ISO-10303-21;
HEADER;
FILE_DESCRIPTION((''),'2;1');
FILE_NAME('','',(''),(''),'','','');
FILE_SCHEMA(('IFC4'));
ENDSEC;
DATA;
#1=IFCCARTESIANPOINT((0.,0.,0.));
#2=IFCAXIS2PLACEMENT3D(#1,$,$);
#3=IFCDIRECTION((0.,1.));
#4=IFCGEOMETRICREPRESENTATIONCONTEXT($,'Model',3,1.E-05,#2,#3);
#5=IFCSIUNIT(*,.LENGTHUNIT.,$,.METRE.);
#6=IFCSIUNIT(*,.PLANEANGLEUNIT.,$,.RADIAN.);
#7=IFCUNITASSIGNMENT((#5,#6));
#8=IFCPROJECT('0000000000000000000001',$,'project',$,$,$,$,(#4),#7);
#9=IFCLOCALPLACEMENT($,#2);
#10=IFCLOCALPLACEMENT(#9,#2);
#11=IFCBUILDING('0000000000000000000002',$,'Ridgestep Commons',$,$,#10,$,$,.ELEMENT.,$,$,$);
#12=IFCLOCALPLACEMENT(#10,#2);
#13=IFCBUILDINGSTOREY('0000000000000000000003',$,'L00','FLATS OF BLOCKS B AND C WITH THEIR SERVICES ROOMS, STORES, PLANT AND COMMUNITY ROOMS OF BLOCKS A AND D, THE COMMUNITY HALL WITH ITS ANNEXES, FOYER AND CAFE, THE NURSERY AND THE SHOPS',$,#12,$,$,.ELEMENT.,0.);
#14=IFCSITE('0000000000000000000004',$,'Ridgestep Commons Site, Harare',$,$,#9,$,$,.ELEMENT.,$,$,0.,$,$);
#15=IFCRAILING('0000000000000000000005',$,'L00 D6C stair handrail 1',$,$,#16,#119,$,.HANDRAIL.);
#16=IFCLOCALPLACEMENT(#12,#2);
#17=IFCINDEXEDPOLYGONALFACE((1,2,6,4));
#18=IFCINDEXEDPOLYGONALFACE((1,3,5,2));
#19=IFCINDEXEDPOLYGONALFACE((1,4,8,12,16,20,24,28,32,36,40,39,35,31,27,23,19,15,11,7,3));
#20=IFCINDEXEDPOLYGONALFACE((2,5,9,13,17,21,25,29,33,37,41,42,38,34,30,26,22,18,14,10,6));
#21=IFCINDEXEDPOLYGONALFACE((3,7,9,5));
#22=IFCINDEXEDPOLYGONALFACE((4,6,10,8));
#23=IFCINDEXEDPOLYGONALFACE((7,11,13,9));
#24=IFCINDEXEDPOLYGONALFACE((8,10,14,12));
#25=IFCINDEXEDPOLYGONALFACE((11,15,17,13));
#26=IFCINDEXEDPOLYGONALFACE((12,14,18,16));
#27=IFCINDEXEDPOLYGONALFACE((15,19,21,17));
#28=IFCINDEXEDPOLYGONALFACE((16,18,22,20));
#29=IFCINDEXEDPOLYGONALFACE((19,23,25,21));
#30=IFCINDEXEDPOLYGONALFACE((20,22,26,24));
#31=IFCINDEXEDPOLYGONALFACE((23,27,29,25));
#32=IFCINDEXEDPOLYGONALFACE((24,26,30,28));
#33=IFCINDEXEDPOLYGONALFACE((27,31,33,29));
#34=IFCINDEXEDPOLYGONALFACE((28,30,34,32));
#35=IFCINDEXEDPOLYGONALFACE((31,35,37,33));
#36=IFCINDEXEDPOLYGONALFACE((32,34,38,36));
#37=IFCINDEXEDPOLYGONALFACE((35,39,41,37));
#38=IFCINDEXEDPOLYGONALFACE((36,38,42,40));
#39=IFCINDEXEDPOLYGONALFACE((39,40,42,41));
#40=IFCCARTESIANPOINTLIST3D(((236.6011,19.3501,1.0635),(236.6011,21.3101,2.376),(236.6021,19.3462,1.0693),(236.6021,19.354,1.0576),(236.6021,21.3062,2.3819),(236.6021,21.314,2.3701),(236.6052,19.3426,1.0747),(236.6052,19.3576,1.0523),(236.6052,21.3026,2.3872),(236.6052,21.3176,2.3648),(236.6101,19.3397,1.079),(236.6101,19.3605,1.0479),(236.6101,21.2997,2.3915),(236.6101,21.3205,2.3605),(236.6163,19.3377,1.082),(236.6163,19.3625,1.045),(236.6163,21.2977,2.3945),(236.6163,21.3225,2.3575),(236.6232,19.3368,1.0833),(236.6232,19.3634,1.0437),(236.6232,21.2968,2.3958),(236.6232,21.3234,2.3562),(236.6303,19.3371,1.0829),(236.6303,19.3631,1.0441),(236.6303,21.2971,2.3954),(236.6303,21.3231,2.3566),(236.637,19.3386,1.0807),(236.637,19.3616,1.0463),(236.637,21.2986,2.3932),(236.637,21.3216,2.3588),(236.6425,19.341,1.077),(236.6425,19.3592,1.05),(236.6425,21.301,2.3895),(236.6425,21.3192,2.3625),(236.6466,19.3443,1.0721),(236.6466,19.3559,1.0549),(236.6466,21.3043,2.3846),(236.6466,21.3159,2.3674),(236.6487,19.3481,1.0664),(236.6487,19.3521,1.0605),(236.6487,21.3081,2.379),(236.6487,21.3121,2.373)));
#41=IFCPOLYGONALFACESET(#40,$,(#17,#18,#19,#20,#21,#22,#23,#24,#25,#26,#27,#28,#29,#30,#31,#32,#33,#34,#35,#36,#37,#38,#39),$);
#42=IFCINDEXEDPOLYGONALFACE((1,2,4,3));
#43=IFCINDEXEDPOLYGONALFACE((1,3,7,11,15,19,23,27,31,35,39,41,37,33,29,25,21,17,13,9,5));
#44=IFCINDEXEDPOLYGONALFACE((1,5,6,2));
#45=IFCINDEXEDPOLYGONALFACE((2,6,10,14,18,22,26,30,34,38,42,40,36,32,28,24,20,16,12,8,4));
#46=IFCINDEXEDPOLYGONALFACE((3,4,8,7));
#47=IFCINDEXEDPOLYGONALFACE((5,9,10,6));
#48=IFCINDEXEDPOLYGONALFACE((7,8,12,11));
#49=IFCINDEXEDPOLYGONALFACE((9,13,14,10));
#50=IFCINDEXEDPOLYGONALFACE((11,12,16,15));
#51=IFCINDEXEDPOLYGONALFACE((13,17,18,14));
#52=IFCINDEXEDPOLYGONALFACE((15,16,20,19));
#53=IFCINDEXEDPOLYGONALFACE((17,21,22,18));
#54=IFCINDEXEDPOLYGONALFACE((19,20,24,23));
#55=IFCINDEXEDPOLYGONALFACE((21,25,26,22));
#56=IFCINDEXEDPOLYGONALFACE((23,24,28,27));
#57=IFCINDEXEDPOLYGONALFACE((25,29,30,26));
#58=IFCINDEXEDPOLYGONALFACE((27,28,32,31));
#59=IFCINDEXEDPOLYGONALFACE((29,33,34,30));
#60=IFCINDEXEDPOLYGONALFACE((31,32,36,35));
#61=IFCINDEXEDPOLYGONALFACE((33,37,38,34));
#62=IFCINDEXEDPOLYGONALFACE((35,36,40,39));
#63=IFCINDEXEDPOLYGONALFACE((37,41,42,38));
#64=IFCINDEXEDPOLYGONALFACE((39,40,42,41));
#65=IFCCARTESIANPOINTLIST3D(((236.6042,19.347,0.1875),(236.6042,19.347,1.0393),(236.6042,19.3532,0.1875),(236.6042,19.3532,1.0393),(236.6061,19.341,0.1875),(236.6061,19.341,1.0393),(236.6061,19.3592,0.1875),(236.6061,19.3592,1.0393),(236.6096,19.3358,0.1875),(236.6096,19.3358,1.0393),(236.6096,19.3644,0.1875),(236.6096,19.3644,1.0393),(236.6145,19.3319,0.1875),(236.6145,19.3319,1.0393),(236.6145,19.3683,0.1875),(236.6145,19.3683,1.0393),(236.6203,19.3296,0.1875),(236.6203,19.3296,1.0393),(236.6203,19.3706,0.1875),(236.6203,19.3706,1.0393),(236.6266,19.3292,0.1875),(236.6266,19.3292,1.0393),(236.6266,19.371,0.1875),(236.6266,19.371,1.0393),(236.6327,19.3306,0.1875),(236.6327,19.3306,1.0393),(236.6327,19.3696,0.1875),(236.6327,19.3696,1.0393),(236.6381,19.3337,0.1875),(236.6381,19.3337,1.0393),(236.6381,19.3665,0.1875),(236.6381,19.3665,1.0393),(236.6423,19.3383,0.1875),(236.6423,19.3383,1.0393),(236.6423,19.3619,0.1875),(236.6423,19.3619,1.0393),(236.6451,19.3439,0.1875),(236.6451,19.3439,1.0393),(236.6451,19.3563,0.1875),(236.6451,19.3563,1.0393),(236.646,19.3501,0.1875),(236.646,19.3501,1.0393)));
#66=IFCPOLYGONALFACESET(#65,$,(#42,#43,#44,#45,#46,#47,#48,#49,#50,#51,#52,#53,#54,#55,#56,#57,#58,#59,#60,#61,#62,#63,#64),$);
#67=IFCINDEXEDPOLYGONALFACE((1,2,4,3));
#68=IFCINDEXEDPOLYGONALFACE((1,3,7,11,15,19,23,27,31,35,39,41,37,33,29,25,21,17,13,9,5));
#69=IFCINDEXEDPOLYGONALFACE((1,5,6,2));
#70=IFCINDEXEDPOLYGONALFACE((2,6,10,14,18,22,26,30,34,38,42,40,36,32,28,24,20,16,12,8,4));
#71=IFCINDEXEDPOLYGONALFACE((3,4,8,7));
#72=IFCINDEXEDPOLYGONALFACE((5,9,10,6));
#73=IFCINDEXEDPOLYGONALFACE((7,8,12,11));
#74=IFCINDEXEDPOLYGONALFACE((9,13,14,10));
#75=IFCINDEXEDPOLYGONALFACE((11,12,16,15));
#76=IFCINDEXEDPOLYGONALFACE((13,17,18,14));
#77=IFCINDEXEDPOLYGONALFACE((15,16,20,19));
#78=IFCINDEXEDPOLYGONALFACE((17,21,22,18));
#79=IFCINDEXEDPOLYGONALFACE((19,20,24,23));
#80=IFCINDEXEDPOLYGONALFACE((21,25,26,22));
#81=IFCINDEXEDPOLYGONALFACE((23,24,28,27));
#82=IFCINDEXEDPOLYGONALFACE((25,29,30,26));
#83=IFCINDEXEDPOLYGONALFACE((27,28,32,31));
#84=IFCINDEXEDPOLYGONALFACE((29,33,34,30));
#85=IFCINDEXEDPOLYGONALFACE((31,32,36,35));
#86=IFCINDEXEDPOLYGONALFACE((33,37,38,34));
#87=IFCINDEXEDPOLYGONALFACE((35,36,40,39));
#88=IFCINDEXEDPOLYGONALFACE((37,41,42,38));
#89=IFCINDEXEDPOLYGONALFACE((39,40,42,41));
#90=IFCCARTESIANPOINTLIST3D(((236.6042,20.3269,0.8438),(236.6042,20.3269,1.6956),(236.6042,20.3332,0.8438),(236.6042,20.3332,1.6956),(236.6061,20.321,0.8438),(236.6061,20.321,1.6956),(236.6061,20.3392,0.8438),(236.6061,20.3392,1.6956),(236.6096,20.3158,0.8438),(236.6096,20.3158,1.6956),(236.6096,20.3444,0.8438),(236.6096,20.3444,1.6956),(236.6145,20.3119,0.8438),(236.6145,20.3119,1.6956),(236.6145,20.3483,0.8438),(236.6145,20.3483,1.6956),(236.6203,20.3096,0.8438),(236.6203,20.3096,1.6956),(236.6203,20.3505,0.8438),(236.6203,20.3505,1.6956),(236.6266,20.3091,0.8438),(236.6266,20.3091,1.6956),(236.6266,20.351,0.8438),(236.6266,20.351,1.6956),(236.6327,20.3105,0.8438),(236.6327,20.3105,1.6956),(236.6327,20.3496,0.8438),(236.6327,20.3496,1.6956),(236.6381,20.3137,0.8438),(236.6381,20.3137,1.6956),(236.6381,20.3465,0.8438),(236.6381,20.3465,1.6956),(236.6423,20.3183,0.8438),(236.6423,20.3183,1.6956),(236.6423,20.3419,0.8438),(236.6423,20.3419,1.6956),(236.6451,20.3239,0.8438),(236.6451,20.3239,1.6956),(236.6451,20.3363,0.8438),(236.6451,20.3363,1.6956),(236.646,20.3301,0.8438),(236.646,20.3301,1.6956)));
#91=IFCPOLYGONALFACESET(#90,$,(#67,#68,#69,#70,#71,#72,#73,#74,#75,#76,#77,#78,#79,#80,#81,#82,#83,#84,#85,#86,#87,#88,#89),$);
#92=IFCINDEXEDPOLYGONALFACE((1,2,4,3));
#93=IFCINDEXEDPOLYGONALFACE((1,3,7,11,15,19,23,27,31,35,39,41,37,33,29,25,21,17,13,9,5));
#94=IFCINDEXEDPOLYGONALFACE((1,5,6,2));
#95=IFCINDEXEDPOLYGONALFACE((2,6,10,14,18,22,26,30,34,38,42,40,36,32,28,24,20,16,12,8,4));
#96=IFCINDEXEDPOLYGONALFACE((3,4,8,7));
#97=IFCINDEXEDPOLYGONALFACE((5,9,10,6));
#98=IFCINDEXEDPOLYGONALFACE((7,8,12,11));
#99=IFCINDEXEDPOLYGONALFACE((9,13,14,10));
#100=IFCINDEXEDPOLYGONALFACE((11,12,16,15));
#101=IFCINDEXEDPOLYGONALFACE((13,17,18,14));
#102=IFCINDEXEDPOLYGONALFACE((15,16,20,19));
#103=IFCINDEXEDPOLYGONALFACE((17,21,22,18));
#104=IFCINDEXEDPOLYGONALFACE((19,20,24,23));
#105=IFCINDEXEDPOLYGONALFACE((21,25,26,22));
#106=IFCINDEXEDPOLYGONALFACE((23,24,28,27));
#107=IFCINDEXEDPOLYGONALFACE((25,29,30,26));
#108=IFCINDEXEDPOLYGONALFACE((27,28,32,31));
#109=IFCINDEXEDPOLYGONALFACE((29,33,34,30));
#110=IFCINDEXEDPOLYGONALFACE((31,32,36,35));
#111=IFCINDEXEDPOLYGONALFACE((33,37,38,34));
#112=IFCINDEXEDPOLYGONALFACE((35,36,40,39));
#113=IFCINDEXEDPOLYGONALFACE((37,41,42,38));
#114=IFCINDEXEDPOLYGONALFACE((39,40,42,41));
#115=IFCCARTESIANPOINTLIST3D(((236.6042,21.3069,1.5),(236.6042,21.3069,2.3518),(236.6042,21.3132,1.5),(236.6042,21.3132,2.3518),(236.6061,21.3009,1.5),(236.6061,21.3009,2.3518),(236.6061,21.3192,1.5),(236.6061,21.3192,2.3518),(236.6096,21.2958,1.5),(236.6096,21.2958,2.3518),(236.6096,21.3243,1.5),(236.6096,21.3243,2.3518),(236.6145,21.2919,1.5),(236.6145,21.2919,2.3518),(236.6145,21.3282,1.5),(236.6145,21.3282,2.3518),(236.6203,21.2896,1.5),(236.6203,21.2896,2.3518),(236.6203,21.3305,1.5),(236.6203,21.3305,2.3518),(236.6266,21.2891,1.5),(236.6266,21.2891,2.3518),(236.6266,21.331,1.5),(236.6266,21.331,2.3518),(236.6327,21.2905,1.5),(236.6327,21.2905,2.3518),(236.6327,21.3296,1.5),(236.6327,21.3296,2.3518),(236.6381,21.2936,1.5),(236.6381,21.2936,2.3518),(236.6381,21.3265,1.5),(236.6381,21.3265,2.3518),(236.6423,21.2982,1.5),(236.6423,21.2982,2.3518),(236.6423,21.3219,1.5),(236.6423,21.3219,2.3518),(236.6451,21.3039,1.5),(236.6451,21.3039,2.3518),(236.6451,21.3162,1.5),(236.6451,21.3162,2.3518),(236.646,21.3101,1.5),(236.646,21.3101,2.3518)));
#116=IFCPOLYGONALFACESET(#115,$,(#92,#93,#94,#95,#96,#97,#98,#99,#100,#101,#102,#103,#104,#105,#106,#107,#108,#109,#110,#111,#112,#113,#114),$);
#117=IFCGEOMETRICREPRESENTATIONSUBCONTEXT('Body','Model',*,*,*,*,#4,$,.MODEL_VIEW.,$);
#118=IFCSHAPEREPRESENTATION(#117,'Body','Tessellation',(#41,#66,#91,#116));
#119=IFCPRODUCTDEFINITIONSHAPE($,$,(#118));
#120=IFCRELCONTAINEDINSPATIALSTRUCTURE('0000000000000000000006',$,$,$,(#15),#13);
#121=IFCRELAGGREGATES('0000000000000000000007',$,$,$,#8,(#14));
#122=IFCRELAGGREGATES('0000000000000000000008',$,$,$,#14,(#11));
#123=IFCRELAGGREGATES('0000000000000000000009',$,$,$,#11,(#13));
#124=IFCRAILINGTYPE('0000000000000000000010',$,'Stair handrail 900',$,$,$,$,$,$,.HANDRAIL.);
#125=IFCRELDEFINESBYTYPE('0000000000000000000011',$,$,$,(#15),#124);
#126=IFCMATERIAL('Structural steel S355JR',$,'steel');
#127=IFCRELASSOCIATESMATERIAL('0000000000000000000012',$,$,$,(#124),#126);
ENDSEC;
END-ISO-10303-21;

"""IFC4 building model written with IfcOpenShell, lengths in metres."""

from ifc_helpers import new_model, si_unit, direction, frame, origin, origin_2d, place, context, subcontext, project, spatial, circle, extrude, material, type_object, element, save


model = new_model("IFC4")

# Units and contexts
model_context = context("Model", 3, precision=1e-05, world=origin(), true_north=direction((0.0, 1.0)))
body_context = subcontext(model_context, "Body", "Model", "MODEL_VIEW")
ifc_project = project(units=[si_unit("LENGTHUNIT", "METRE"), si_unit("PLANEANGLEUNIT", "RADIAN")], contexts=[model_context])

# Site, building, storey
site_placement = place(None, origin())
site = spatial("IfcSite", under=ifc_project, at=site_placement, Name="Ridgestep Commons Site, Harare", CompositionType="ELEMENT", RefElevation=0.0)
building_placement = place(site_placement, origin())
building = spatial("IfcBuilding", under=site, at=building_placement, Name="Ridgestep Commons", CompositionType="ELEMENT")
storey_placement = place(building_placement, origin())
storey = spatial("IfcBuildingStorey", under=building, at=storey_placement, Name="L00", Description="FLATS OF BLOCKS B AND C WITH THEIR SERVICES ROOMS, STORES, PLANT AND COMMUNITY ROOMS OF BLOCKS A AND D, THE COMMUNITY HALL WITH ITS ANNEXES, FOYER AND CAFE, THE NURSERY AND THE SHOPS", CompositionType="ELEMENT", Elevation=0.0)

# Railing
ifc_material_1 = material(Name="Structural steel S355JR", Category="steel")
railing_type_1 = type_object("IfcRailingType", Name="Stair handrail 900", PredefinedType="HANDRAIL", material=ifc_material_1)
railing_1_placement = place(storey_placement, frame((236.625, 19.3501, 0.1875)))
element("IfcRailing", 1, at=railing_1_placement, inside=storey, type_object=railing_type_1, Name="L00 D6C stair handrail 1", PredefinedType="HANDRAIL", context=body_context, shape_type="SweptSolid", body=[
    extrude(circle(Radius=0.0239, at=origin_2d()), frame((0.0, 0.0, 0.876), z_axis=(0.0, 0.830902, 0.556419), x_axis=(-1.0, 0.0, 0.0)), (0.0, 0.0, 1.0), 2.3589),
    extrude(circle(Radius=0.021, at=origin_2d()), origin(), (0.0, 0.0, 1.0), 0.8518),
    extrude(circle(Radius=0.021, at=origin_2d()), frame((0.0, 0.98, 0.6562)), (0.0, 0.0, 1.0), 0.8518),
    extrude(circle(Radius=0.021, at=origin_2d()), frame((0.0, 1.96, 1.3125)), (0.0, 0.0, 1.0), 0.8518),
])

save(model, "model.ifc")
